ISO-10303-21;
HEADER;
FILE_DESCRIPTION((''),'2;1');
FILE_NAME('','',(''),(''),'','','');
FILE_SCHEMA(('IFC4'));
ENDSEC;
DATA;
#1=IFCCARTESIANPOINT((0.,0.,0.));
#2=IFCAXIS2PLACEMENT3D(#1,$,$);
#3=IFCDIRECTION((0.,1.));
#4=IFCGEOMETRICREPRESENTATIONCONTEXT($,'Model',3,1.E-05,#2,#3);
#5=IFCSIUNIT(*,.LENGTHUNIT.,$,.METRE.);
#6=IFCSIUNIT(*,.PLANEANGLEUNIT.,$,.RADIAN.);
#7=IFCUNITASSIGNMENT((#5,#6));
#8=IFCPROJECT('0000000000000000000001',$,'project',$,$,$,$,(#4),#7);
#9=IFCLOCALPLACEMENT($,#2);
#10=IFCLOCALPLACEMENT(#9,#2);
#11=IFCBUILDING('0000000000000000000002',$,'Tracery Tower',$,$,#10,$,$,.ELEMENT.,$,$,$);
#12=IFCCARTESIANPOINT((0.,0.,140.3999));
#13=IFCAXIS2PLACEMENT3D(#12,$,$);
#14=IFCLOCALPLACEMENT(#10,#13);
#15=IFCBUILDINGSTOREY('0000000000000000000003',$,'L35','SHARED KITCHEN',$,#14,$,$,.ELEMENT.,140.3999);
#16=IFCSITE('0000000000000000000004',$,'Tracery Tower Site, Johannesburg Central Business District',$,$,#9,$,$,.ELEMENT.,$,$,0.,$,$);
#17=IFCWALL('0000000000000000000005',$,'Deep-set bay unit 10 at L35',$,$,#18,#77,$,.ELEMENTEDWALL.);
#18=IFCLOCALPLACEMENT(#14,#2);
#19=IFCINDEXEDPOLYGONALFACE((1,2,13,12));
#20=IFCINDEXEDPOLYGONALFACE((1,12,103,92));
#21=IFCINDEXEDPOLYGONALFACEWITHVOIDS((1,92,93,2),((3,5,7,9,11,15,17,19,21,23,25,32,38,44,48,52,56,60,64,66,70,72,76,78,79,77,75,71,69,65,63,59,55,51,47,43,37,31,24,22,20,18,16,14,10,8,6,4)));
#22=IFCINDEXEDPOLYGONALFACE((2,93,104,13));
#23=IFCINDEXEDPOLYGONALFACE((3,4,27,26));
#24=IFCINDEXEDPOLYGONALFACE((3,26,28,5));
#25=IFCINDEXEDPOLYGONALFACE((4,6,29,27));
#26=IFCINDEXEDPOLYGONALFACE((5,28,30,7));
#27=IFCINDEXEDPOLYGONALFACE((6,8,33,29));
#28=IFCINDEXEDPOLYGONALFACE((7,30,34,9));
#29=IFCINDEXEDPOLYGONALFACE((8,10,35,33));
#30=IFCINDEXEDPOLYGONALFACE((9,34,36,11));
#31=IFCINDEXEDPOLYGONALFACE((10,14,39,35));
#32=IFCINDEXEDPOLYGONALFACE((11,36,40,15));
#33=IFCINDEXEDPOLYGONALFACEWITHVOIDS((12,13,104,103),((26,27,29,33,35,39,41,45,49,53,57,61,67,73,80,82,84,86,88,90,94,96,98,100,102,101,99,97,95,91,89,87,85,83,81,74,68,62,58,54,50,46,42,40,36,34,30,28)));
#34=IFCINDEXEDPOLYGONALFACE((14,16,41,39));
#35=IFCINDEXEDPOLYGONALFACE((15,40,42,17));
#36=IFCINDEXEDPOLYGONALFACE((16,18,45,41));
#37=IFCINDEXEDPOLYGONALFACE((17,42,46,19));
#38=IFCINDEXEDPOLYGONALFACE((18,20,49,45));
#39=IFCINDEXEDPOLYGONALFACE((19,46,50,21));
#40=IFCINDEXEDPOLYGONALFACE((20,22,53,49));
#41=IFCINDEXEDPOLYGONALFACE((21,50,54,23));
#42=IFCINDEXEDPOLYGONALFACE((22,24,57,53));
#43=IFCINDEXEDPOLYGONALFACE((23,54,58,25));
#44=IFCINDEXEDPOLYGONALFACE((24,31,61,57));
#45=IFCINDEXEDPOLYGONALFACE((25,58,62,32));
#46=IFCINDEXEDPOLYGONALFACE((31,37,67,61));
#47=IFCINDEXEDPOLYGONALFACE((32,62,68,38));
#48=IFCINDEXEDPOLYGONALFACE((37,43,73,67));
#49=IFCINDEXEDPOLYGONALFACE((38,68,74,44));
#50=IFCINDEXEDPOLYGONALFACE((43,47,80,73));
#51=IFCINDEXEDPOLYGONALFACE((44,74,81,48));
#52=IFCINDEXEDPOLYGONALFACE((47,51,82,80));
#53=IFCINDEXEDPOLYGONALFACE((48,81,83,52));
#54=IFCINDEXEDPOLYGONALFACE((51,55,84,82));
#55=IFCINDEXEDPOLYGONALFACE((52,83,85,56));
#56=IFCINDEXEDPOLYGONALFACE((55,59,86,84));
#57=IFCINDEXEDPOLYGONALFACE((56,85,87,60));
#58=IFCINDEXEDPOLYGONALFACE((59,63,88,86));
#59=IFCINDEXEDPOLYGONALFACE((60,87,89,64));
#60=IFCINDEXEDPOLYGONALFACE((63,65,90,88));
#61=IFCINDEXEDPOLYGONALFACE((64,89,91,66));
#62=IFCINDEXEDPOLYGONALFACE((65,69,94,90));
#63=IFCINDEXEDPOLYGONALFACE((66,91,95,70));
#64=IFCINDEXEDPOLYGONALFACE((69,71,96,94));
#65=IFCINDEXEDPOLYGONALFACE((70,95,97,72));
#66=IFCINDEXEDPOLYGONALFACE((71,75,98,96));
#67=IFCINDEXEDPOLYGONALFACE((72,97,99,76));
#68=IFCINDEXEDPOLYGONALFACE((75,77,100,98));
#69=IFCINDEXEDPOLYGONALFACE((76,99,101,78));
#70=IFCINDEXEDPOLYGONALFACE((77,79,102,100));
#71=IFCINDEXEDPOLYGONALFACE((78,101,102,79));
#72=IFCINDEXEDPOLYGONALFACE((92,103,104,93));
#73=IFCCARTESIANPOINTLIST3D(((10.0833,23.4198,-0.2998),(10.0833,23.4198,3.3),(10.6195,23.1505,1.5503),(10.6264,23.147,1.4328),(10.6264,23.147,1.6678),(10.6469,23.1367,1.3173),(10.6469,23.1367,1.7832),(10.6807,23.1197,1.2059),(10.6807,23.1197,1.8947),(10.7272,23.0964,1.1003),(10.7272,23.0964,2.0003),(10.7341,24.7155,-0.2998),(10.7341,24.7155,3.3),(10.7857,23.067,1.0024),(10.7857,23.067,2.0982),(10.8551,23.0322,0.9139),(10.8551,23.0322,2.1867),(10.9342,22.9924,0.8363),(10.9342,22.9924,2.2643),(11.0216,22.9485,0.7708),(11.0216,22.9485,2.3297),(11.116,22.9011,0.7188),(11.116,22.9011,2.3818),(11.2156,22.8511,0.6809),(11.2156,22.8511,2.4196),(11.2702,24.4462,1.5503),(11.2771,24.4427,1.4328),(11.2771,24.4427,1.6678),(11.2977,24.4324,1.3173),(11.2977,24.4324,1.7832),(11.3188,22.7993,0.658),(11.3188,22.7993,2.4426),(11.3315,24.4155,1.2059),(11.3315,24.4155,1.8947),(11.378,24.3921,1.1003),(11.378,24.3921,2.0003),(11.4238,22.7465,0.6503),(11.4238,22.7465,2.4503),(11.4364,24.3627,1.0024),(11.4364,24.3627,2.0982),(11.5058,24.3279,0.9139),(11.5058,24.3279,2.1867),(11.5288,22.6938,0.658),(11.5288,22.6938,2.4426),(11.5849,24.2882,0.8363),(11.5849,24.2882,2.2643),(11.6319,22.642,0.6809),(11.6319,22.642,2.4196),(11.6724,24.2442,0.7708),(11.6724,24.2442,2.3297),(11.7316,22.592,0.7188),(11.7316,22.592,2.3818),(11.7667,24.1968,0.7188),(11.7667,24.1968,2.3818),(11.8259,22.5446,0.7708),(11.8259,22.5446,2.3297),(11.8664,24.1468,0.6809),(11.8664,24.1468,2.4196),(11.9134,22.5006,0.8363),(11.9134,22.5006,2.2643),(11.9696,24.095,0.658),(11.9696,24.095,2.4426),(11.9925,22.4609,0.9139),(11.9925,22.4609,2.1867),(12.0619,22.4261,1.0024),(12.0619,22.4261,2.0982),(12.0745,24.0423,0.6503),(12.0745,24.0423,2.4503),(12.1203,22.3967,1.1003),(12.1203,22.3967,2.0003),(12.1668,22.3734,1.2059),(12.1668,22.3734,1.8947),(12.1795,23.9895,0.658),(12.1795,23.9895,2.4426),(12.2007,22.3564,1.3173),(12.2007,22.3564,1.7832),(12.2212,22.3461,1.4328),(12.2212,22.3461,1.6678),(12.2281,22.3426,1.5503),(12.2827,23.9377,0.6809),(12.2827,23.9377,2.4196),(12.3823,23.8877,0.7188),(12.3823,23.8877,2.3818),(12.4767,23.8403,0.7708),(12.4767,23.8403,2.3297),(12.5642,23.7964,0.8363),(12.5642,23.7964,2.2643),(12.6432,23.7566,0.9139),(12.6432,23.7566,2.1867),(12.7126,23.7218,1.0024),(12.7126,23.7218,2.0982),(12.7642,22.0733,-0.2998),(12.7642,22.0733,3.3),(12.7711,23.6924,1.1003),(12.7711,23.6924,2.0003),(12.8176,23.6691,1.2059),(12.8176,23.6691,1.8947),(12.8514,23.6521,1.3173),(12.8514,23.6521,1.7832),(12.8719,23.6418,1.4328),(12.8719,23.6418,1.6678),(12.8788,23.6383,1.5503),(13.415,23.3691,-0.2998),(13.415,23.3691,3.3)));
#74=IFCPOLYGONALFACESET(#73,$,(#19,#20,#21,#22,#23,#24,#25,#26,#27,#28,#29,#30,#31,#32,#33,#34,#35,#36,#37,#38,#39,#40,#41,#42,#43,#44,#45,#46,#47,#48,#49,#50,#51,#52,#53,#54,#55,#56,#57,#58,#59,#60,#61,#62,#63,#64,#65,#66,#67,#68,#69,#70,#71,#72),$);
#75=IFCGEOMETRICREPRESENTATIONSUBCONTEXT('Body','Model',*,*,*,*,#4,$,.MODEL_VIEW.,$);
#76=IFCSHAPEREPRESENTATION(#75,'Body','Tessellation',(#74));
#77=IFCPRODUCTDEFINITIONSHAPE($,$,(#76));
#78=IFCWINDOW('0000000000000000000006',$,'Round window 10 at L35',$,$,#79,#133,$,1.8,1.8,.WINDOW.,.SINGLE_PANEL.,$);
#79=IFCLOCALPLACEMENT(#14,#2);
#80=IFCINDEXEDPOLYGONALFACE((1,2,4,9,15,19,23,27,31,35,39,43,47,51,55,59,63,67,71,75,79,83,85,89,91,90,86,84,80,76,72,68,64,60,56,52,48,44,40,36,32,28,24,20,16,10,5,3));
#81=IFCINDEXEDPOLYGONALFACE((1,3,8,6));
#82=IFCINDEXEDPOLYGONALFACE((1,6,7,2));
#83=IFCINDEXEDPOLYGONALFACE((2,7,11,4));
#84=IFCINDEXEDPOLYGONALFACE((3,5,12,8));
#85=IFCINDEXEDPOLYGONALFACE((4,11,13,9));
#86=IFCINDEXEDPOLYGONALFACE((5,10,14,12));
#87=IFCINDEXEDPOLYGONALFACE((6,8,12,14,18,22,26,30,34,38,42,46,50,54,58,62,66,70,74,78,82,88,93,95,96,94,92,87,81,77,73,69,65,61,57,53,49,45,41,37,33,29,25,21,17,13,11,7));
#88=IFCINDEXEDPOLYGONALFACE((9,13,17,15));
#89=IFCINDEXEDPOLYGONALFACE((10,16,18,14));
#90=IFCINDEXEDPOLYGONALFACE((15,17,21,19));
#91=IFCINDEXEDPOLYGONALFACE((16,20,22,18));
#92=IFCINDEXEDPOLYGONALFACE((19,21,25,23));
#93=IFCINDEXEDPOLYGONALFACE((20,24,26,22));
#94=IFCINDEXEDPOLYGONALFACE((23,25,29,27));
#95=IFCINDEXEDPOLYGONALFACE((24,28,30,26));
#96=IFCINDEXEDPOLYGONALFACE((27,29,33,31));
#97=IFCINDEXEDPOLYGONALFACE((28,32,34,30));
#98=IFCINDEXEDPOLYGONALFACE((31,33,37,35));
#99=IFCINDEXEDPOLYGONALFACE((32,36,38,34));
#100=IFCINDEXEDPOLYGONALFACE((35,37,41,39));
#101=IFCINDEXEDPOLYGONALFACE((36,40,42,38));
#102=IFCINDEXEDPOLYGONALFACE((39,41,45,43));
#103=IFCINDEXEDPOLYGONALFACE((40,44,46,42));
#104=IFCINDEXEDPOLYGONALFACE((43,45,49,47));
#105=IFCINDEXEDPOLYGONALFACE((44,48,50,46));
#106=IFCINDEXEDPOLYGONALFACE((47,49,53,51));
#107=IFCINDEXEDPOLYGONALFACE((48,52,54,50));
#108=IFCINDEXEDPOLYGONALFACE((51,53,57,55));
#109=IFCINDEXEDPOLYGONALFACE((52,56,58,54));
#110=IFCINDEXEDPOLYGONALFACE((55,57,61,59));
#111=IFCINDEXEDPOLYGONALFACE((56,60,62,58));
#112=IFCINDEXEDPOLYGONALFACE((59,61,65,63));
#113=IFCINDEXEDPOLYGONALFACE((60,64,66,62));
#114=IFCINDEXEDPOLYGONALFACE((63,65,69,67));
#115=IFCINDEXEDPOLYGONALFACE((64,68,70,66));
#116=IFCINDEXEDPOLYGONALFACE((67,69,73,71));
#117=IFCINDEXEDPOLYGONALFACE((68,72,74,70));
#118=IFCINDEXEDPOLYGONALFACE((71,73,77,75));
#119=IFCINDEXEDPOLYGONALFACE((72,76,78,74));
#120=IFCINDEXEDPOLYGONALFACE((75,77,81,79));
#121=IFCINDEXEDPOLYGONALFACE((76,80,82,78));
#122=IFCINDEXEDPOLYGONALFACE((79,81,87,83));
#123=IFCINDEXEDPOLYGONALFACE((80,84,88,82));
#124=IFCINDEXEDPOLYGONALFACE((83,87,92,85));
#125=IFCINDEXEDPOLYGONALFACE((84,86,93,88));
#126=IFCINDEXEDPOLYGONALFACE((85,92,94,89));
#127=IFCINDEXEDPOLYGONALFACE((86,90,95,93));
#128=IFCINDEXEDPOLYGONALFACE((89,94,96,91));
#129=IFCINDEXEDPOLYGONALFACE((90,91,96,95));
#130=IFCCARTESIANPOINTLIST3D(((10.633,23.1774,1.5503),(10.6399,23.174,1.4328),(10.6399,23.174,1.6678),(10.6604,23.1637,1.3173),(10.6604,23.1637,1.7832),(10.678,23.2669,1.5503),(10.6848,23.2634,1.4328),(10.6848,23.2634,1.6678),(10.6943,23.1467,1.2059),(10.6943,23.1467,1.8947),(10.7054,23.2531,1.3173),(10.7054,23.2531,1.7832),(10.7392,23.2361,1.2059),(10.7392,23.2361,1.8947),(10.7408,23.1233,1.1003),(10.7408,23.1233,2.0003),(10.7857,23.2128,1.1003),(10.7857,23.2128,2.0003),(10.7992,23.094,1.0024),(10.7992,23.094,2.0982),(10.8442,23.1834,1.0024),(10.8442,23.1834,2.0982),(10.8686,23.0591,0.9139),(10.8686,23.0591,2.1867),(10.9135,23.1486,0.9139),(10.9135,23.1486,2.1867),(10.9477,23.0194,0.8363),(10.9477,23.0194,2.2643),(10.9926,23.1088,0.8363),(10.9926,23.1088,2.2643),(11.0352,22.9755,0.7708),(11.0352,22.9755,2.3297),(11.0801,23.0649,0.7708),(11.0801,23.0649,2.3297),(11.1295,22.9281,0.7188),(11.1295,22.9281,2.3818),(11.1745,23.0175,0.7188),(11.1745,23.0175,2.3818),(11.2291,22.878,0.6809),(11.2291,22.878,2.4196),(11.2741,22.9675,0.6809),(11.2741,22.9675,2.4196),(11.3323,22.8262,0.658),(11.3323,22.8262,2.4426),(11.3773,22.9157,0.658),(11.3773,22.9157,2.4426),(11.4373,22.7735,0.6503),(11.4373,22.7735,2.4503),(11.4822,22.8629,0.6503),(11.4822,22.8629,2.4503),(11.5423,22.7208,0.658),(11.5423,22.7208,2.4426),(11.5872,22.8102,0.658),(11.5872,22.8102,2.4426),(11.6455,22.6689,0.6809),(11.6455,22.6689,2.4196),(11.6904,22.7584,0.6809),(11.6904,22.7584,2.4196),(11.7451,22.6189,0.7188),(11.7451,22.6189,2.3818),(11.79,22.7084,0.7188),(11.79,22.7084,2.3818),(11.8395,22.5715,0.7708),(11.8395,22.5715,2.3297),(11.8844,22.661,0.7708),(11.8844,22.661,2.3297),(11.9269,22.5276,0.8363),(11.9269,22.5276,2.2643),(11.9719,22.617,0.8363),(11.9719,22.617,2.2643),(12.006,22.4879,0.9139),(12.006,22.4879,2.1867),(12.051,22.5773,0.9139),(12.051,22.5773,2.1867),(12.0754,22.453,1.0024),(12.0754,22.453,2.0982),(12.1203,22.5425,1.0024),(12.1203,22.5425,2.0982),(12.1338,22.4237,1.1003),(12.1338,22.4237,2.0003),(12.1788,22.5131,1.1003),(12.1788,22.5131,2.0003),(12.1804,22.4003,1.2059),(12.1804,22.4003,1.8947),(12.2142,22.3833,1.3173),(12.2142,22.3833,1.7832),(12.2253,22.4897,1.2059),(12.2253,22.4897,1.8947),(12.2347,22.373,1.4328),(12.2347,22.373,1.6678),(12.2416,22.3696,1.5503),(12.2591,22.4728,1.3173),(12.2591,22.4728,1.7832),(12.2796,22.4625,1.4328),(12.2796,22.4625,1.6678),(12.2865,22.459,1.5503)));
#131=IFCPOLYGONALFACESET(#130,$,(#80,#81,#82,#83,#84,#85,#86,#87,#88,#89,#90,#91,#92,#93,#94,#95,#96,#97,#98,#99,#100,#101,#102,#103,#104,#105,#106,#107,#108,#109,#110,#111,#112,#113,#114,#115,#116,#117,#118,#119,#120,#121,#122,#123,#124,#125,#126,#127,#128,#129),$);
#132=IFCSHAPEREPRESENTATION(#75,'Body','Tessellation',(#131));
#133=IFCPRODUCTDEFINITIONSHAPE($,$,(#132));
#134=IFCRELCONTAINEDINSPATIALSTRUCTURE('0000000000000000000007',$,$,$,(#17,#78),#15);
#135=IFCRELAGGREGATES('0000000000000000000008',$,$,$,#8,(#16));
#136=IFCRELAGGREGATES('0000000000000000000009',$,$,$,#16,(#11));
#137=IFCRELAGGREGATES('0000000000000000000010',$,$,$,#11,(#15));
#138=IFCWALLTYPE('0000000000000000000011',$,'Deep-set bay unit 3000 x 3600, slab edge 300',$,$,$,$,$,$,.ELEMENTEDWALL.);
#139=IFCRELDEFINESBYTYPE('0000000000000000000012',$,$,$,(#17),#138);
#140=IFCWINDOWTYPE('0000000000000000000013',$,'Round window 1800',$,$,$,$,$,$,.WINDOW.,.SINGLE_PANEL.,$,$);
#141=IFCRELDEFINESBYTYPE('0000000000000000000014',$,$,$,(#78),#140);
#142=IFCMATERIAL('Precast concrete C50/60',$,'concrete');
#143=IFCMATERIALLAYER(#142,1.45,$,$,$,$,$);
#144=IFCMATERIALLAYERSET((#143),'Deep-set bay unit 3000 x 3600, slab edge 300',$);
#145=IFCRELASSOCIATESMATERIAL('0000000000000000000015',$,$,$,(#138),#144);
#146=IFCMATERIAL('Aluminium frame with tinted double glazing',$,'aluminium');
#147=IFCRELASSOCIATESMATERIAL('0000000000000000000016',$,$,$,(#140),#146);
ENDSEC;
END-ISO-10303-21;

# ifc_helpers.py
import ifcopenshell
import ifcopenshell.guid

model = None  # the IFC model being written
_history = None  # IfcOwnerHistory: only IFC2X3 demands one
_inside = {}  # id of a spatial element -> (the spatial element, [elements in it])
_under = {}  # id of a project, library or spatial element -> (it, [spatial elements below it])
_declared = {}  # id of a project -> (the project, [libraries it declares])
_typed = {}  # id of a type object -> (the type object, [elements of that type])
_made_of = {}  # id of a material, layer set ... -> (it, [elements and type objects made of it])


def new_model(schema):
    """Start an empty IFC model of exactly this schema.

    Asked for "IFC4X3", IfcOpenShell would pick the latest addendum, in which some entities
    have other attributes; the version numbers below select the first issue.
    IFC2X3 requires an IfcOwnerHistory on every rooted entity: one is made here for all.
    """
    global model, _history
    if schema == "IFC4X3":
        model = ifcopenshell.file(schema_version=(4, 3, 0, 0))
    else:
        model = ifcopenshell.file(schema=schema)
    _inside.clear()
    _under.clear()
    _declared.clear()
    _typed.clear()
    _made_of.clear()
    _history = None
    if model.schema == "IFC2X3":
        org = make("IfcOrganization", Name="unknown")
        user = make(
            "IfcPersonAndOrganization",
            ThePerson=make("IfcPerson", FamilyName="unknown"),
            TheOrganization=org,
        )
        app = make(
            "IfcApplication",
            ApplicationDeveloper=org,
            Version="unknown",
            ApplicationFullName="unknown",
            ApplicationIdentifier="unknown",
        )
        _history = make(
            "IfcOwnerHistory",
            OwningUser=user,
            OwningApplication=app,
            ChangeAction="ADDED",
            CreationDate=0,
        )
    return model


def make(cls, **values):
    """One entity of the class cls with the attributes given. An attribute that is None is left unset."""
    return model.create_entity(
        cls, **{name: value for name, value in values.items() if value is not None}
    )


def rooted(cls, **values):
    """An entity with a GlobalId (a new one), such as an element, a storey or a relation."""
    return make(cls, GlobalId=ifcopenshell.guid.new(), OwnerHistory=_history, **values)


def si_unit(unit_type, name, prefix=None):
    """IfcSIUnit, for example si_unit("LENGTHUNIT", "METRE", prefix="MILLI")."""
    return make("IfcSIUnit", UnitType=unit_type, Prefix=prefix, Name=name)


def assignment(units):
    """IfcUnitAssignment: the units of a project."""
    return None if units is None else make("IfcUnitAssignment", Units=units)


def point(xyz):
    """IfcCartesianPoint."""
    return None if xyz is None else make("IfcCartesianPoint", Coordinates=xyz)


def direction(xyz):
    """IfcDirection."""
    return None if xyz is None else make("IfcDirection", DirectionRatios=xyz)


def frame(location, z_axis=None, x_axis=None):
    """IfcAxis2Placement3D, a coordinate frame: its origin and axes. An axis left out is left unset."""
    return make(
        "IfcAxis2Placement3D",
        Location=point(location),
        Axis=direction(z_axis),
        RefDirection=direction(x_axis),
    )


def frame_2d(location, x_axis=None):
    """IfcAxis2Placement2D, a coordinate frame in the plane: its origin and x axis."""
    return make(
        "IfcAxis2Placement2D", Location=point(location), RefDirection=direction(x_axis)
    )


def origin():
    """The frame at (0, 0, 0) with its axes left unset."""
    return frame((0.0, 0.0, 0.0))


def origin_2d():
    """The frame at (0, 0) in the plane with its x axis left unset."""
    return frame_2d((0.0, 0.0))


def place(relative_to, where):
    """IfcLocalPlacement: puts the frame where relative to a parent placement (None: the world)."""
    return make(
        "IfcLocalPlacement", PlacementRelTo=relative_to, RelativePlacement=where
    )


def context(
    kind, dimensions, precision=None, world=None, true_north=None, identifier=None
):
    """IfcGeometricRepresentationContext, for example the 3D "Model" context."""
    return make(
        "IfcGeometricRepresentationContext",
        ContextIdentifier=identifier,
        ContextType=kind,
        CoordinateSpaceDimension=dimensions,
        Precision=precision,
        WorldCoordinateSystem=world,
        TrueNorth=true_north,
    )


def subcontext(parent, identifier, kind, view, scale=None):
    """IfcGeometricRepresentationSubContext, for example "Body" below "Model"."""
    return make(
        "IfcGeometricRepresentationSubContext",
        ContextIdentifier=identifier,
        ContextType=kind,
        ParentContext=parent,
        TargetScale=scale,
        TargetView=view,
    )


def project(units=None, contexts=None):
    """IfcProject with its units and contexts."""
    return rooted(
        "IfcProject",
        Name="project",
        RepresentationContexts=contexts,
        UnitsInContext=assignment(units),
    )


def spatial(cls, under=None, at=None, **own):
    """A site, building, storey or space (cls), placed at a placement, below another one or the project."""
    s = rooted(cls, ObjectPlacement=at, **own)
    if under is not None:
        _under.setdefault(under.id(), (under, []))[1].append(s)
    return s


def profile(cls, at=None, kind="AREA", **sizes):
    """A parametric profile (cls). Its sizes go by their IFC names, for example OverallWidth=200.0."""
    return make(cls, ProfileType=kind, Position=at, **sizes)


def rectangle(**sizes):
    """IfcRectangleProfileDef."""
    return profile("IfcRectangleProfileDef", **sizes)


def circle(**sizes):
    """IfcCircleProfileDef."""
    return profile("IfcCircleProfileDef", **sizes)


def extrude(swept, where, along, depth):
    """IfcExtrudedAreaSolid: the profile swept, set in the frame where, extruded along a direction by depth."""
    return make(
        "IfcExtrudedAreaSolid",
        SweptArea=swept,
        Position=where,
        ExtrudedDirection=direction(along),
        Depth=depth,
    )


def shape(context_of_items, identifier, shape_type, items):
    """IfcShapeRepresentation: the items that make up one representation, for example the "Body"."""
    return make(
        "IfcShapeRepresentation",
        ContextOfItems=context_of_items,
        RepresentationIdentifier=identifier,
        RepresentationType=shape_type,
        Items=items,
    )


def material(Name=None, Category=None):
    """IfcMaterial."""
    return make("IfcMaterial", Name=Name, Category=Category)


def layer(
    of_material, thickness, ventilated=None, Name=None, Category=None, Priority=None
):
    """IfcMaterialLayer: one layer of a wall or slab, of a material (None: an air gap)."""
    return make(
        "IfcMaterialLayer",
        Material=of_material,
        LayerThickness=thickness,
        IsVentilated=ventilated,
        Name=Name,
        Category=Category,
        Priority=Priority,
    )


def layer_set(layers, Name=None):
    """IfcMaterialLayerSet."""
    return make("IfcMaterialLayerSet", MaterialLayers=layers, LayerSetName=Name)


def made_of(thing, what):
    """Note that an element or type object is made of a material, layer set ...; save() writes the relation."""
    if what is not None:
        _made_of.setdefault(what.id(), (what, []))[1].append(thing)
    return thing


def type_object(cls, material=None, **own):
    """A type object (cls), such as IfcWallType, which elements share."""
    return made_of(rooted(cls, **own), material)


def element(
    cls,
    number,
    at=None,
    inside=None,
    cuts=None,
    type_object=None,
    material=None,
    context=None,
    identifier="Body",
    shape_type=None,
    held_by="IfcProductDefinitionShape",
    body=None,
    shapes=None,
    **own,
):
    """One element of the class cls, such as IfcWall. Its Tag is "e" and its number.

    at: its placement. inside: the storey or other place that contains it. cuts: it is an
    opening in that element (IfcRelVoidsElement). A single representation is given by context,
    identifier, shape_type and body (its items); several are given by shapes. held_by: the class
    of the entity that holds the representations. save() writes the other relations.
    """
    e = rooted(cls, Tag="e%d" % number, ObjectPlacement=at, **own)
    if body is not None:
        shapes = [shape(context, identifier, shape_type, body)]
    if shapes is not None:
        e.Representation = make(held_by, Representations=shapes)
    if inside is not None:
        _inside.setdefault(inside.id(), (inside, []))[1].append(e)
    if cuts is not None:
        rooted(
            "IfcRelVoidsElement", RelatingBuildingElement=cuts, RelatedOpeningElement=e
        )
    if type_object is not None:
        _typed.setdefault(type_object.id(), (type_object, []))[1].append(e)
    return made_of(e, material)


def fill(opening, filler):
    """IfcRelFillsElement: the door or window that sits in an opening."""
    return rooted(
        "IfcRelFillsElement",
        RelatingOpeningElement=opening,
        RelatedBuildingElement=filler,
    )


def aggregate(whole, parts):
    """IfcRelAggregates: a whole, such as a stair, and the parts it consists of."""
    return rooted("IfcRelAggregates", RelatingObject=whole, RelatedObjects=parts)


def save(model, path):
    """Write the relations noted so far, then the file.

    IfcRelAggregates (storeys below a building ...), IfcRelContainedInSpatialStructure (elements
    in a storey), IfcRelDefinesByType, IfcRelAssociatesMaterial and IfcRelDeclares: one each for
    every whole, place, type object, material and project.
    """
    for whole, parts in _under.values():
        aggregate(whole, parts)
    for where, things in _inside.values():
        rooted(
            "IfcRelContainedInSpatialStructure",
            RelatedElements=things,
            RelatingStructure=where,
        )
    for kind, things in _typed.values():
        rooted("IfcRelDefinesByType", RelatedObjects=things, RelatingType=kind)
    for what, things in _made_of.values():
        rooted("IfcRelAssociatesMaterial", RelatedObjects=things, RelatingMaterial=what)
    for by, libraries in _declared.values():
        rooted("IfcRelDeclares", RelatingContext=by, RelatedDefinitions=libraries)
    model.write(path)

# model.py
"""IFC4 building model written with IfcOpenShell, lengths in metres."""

from ifc_helpers import new_model, si_unit, direction, frame, frame_2d, origin, origin_2d, place, context, subcontext, project, spatial, rectangle, circle, extrude, material, layer, layer_set, type_object, element, fill, save


model = new_model("IFC4")

# Units and contexts
model_context = context("Model", 3, precision=1e-05, world=origin(), true_north=direction((0.0, 1.0)))
body_context = subcontext(model_context, "Body", "Model", "MODEL_VIEW")
ifc_project = project(units=[si_unit("LENGTHUNIT", "METRE"), si_unit("PLANEANGLEUNIT", "RADIAN")], contexts=[model_context])

# Site, building, storey
site_placement = place(None, origin())
site = spatial("IfcSite", under=ifc_project, at=site_placement, Name="Tracery Tower Site, Johannesburg Central Business District", CompositionType="ELEMENT", RefElevation=0.0)
building_placement = place(site_placement, origin())
building = spatial("IfcBuilding", under=site, at=building_placement, Name="Tracery Tower", CompositionType="ELEMENT")
storey_placement = place(building_placement, frame((0.0, 0.0, 140.3999)))
storey = spatial("IfcBuildingStorey", under=building, at=storey_placement, Name="L35", Description="SHARED KITCHEN", CompositionType="ELEMENT", Elevation=140.3999)

# Wall, opening, window
ifc_material_1 = material(Name="Precast concrete C50/60", Category="concrete")
ifc_layer_1 = layer(ifc_material_1, 1.45)
ifc_layer_set_1 = layer_set([ifc_layer_1], Name="Deep-set bay unit 3000 x 3600, slab edge 300")
wall_type_1 = type_object("IfcWallType", Name="Deep-set bay unit 3000 x 3600, slab edge 300", PredefinedType="ELEMENTEDWALL", material=ifc_layer_set_1)
ifc_material_2 = material(Name="Aluminium frame with tinted double glazing", Category="aluminium")
window_type = type_object("IfcWindowType", Name="Round window 1800", PartitioningType="SINGLE_PANEL", PredefinedType="WINDOW", material=ifc_material_2)
wall_1_placement = place(storey_placement, frame((13.0896, 22.7212, -0.2998), z_axis=(0.0, 0.0, 1.0), x_axis=(-0.893628, 0.448808, 0.0)))
wall_1 = element("IfcWall", 1, at=wall_1_placement, inside=storey, type_object=wall_type_1, Name="Deep-set bay unit 10 at L35", PredefinedType="ELEMENTEDWALL", context=body_context, shape_type="SweptSolid", body=[
    extrude(rectangle(XDim=3.0, YDim=1.45, at=frame_2d((1.5, 0.0))), origin(), (0.0, 0.0, 1.0), 3.5999),
])
opening_1_placement = place(wall_1_placement, frame((1.5, 0.0, 1.8501)))
opening_1 = element("IfcOpeningElement", 2, at=opening_1_placement, cuts=wall_1, PredefinedType="OPENING", context=body_context, shape_type="SweptSolid", body=[
    extrude(circle(Radius=0.9, at=origin_2d()), frame((0.0, 0.7349, 0.0), z_axis=(0.0, -1.0, 0.0), x_axis=(1.0, 0.0, 0.0)), (0.0, 0.0, 1.0), 1.47),
])
window_1_placement = place(opening_1_placement, origin())
window_1 = element("IfcWindow", 3, at=window_1_placement, inside=storey, type_object=window_type, Name="Round window 10 at L35", OverallHeight=1.8, OverallWidth=1.8, PartitioningType="SINGLE_PANEL", PredefinedType="WINDOW", context=body_context, shape_type="SweptSolid", body=[
    extrude(circle(Radius=0.9, at=origin_2d()), frame((0.0, 0.6948, 0.0), z_axis=(0.0, -1.0, 0.0), x_axis=(1.0, 0.0, 0.0)), (0.0, 0.0, 1.0), 0.1001),
])
fill(opening_1, window_1)

save(model, "model.ifc")
